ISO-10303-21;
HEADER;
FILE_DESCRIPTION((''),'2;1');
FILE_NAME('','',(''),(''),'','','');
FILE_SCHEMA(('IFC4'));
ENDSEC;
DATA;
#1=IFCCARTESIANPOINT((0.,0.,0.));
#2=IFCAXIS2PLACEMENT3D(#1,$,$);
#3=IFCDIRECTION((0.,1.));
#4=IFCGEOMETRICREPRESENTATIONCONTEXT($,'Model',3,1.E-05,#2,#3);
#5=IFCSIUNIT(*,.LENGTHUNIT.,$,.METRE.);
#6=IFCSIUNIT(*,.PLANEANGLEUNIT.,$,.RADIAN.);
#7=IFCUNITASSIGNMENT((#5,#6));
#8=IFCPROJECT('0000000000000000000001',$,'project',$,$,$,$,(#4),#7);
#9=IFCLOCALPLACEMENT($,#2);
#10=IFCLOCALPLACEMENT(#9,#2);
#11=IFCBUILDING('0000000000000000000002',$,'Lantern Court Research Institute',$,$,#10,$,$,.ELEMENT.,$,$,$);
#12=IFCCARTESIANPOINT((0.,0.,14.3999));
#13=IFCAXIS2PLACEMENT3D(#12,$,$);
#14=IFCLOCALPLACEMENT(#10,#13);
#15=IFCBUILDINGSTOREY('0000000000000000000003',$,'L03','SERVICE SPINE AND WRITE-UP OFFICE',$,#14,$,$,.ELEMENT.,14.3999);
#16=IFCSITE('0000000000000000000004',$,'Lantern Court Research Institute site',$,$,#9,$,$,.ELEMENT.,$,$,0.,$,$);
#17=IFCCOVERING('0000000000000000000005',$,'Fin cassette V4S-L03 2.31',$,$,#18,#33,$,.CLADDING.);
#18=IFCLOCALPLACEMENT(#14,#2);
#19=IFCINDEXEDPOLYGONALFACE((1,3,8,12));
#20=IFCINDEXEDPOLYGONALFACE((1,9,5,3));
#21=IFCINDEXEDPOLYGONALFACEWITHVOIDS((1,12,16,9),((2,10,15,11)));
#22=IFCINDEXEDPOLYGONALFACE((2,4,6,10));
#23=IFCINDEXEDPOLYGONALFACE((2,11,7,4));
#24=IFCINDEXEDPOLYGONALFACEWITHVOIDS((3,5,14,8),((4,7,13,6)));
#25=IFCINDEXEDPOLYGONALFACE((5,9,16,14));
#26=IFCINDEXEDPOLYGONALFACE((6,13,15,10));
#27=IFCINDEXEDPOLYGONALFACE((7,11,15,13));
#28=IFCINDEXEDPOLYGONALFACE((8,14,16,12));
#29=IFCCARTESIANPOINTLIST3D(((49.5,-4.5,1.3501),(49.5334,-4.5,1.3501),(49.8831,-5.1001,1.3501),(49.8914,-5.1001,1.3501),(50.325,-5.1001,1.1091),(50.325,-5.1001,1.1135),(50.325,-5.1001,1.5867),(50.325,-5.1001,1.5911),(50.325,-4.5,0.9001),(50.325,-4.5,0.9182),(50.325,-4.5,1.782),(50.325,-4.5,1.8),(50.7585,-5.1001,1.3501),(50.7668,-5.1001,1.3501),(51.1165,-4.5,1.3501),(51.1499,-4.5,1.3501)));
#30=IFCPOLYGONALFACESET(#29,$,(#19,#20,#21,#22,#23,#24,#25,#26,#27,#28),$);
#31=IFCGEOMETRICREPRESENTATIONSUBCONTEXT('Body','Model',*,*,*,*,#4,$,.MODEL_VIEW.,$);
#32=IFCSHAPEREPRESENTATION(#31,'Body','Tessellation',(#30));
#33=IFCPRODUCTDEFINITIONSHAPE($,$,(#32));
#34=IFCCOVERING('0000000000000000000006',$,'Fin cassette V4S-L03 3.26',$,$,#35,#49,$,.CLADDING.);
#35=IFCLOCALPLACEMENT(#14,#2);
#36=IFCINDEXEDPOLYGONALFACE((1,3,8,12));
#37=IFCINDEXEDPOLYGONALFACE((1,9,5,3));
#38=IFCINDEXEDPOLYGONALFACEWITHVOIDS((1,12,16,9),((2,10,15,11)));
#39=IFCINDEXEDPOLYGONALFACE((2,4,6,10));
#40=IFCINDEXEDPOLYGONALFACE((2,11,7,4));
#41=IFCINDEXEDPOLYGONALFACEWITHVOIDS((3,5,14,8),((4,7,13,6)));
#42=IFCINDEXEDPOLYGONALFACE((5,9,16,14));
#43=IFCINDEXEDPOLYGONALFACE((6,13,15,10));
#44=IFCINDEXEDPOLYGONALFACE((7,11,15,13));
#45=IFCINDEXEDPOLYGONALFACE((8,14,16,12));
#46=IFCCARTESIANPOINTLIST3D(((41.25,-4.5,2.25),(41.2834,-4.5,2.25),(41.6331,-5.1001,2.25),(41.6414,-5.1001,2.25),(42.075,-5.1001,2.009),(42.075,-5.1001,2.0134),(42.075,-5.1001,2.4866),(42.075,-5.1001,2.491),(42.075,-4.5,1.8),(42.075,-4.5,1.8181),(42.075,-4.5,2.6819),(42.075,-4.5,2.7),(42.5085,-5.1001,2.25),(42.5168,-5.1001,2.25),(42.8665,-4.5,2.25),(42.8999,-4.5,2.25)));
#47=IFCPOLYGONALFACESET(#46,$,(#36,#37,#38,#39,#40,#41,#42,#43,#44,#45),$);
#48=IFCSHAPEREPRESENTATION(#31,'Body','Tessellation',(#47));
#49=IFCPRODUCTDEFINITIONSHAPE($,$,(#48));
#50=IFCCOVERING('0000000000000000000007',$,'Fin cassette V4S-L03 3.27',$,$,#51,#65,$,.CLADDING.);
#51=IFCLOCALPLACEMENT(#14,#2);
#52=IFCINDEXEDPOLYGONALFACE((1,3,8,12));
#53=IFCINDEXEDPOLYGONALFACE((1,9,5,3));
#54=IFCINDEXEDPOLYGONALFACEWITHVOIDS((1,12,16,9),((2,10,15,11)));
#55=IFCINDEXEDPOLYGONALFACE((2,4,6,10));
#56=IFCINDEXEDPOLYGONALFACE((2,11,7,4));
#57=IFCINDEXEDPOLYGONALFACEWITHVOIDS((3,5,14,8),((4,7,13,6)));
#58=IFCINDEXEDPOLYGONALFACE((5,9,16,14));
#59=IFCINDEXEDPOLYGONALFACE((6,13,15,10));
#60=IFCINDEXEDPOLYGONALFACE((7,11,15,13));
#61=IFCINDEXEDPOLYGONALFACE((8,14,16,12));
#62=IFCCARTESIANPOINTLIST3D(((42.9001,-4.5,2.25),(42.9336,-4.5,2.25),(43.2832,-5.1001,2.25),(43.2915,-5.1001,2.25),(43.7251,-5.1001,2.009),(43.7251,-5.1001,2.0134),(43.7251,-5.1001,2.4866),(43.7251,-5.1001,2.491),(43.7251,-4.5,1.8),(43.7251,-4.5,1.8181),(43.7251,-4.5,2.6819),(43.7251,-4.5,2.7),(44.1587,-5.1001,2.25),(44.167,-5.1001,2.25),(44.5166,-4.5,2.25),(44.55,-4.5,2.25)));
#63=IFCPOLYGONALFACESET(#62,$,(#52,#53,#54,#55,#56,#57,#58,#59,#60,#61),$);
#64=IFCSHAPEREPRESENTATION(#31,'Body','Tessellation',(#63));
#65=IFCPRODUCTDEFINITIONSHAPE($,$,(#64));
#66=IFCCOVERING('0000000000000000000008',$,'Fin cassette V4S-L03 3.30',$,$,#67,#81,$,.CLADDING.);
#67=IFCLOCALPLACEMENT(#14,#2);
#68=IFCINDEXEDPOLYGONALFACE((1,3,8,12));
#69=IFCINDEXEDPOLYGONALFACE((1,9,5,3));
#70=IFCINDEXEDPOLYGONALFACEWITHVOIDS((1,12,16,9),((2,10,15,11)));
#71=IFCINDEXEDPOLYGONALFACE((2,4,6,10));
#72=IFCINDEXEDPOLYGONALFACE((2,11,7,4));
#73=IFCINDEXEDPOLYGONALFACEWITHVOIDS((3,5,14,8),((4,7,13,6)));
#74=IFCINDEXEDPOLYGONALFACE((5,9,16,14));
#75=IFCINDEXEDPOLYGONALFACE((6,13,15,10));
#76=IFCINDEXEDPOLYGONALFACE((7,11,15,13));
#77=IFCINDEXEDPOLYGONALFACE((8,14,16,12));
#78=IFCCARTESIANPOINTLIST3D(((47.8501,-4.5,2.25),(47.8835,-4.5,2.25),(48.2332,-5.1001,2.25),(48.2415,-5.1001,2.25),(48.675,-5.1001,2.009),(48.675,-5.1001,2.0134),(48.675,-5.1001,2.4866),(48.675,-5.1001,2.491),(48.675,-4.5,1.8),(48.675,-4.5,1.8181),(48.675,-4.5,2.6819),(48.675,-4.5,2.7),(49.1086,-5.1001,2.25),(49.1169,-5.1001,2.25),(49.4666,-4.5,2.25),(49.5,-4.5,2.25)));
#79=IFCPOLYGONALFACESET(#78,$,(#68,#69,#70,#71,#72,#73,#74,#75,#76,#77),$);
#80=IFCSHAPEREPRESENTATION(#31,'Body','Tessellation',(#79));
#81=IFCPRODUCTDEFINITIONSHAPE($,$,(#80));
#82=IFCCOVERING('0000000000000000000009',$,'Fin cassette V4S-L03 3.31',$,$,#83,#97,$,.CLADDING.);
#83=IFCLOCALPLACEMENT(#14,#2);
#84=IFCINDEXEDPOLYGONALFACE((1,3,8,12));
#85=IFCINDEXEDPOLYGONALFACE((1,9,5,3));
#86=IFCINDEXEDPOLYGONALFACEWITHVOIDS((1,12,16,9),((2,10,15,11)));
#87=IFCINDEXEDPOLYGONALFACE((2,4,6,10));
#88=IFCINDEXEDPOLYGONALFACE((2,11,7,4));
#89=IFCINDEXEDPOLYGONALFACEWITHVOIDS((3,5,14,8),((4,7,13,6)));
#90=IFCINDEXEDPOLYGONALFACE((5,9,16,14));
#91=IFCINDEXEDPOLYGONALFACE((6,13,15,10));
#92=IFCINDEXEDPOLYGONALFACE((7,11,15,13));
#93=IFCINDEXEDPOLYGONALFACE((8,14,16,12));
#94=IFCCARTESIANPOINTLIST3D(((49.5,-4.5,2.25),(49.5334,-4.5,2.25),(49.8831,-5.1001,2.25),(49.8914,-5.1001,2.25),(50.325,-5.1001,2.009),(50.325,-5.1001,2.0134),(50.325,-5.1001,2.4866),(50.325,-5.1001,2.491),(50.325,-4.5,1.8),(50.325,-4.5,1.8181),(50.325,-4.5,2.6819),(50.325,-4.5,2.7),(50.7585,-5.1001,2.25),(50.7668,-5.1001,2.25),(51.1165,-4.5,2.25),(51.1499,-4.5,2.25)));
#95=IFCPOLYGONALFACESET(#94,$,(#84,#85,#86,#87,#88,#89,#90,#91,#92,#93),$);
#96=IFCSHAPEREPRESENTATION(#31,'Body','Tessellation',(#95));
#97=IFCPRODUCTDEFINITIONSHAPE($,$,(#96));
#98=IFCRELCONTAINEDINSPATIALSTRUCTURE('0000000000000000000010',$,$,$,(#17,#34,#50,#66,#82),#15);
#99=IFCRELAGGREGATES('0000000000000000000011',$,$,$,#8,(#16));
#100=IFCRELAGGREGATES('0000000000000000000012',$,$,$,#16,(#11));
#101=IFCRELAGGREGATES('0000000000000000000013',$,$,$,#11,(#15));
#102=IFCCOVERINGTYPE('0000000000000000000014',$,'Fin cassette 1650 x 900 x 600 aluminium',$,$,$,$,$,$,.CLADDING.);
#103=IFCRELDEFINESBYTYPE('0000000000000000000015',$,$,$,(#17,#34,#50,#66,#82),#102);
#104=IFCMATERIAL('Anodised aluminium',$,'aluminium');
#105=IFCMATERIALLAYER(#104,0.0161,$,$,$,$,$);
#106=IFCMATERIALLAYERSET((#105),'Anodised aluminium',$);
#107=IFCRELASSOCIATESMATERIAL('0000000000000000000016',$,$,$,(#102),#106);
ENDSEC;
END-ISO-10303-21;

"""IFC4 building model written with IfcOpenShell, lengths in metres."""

from ifc_helpers import new_model, entity, si_unit, direction, frame, origin, place, context, subcontext, project, spatial, material, layer, layer_set, type_object, element, save


model = new_model("IFC4")

# Units and contexts
model_context = context("Model", 3, precision=1e-05, world=origin(), true_north=direction((0.0, 1.0)))
body_context = subcontext(model_context, "Body", "Model", "MODEL_VIEW")
ifc_project = project(units=[si_unit("LENGTHUNIT", "METRE"), si_unit("PLANEANGLEUNIT", "RADIAN")], contexts=[model_context])

# Site, building, storey
site_placement = place(None, origin())
site = spatial("IfcSite", under=ifc_project, at=site_placement, Name="Lantern Court Research Institute site", CompositionType="ELEMENT", RefElevation=0.0)
building_placement = place(site_placement, origin())
building = spatial("IfcBuilding", under=site, at=building_placement, Name="Lantern Court Research Institute", CompositionType="ELEMENT")
storey_placement = place(building_placement, frame((0.0, 0.0, 14.3999)))
storey = spatial("IfcBuildingStorey", under=building, at=storey_placement, Name="L03", Description="SERVICE SPINE AND WRITE-UP OFFICE", CompositionType="ELEMENT", Elevation=14.3999)

# Coverings
ifc_material_1 = material(Name="Anodised aluminium", Category="aluminium")
ifc_layer_1 = layer(ifc_material_1, 0.0161)
ifc_layer_set_1 = layer_set([ifc_layer_1], Name="Anodised aluminium")
covering_type = type_object("IfcCoveringType", Name="Fin cassette 1650 x 900 x 600 aluminium", PredefinedType="CLADDING", material=ifc_layer_set_1)
covering_1_placement = place(storey_placement, frame((50.325, -4.5, 1.3501), z_axis=(0.0, -1.0, 0.0), x_axis=(1.0, 0.0, 0.0)))
cartesian_point_1 = entity("IfcCartesianPoint", [0.825, 0.0])
cartesian_point_2 = entity("IfcCartesianPoint", [0.7915, 0.0])
cartesian_point_3 = entity("IfcCartesianPoint", [0.4419, 0.0])
cartesian_point_4 = entity("IfcCartesianPoint", [0.4336, 0.0])
element("IfcCovering", 1, at=covering_1_placement, inside=storey, type_object=covering_type, Name="Fin cassette V4S-L03 2.31", PredefinedType="CLADDING", context=body_context, shape_type="SweptSolid", body=[
    entity("IfcExtrudedAreaSolidTapered", entity("IfcArbitraryProfileDefWithVoids", "AREA", None, entity("IfcPolyline", [cartesian_point_1, entity("IfcCartesianPoint", [0.0, 0.45]), entity("IfcCartesianPoint", [-0.825, 0.0]), entity("IfcCartesianPoint", [0.0, -0.45]), cartesian_point_1]), [entity("IfcPolyline", [cartesian_point_2, entity("IfcCartesianPoint", [0.0, 0.4319]), entity("IfcCartesianPoint", [-0.7915, 0.0]), entity("IfcCartesianPoint", [0.0, -0.4319]), cartesian_point_2])]), entity("IfcAxis2Placement3D", entity("IfcCartesianPoint", [0.0, 0.0, 0.0])), entity("IfcDirection", [0.0, 0.0, 1.0]), 0.6001, entity("IfcArbitraryProfileDefWithVoids", "AREA", None, entity("IfcPolyline", [cartesian_point_3, entity("IfcCartesianPoint", [0.0, 0.241]), entity("IfcCartesianPoint", [-0.4419, 0.0]), entity("IfcCartesianPoint", [0.0, -0.241]), cartesian_point_3]), [entity("IfcPolyline", [cartesian_point_4, entity("IfcCartesianPoint", [0.0, 0.2366]), entity("IfcCartesianPoint", [-0.4336, 0.0]), entity("IfcCartesianPoint", [0.0, -0.2366]), cartesian_point_4])])),
])
covering_2_placement = place(storey_placement, frame((42.075, -4.5, 2.25), z_axis=(0.0, -1.0, 0.0), x_axis=(1.0, 0.0, 0.0)))
cartesian_point_5 = entity("IfcCartesianPoint", [0.825, 0.0])
cartesian_point_6 = entity("IfcCartesianPoint", [0.7915, 0.0])
cartesian_point_7 = entity("IfcCartesianPoint", [0.4419, 0.0])
cartesian_point_8 = entity("IfcCartesianPoint", [0.4336, 0.0])
element("IfcCovering", 2, at=covering_2_placement, inside=storey, type_object=covering_type, Name="Fin cassette V4S-L03 3.26", PredefinedType="CLADDING", context=body_context, shape_type="SweptSolid", body=[
    entity("IfcExtrudedAreaSolidTapered", entity("IfcArbitraryProfileDefWithVoids", "AREA", None, entity("IfcPolyline", [cartesian_point_5, entity("IfcCartesianPoint", [0.0, 0.45]), entity("IfcCartesianPoint", [-0.825, 0.0]), entity("IfcCartesianPoint", [0.0, -0.45]), cartesian_point_5]), [entity("IfcPolyline", [cartesian_point_6, entity("IfcCartesianPoint", [0.0, 0.4319]), entity("IfcCartesianPoint", [-0.7915, 0.0]), entity("IfcCartesianPoint", [0.0, -0.4319]), cartesian_point_6])]), entity("IfcAxis2Placement3D", entity("IfcCartesianPoint", [0.0, 0.0, 0.0])), entity("IfcDirection", [0.0, 0.0, 1.0]), 0.6001, entity("IfcArbitraryProfileDefWithVoids", "AREA", None, entity("IfcPolyline", [cartesian_point_7, entity("IfcCartesianPoint", [0.0, 0.241]), entity("IfcCartesianPoint", [-0.4419, 0.0]), entity("IfcCartesianPoint", [0.0, -0.241]), cartesian_point_7]), [entity("IfcPolyline", [cartesian_point_8, entity("IfcCartesianPoint", [0.0, 0.2366]), entity("IfcCartesianPoint", [-0.4336, 0.0]), entity("IfcCartesianPoint", [0.0, -0.2366]), cartesian_point_8])])),
])
covering_3_placement = place(storey_placement, frame((43.7251, -4.5, 2.25), z_axis=(0.0, -1.0, 0.0), x_axis=(1.0, 0.0, 0.0)))
cartesian_point_9 = entity("IfcCartesianPoint", [0.825, 0.0])
cartesian_point_10 = entity("IfcCartesianPoint", [0.7915, 0.0])
cartesian_point_11 = entity("IfcCartesianPoint", [0.4419, 0.0])
cartesian_point_12 = entity("IfcCartesianPoint", [0.4336, 0.0])
element("IfcCovering", 3, at=covering_3_placement, inside=storey, type_object=covering_type, Name="Fin cassette V4S-L03 3.27", PredefinedType="CLADDING", context=body_context, shape_type="SweptSolid", body=[
    entity("IfcExtrudedAreaSolidTapered", entity("IfcArbitraryProfileDefWithVoids", "AREA", None, entity("IfcPolyline", [cartesian_point_9, entity("IfcCartesianPoint", [0.0, 0.45]), entity("IfcCartesianPoint", [-0.825, 0.0]), entity("IfcCartesianPoint", [0.0, -0.45]), cartesian_point_9]), [entity("IfcPolyline", [cartesian_point_10, entity("IfcCartesianPoint", [0.0, 0.4319]), entity("IfcCartesianPoint", [-0.7915, 0.0]), entity("IfcCartesianPoint", [0.0, -0.4319]), cartesian_point_10])]), entity("IfcAxis2Placement3D", entity("IfcCartesianPoint", [0.0, 0.0, 0.0])), entity("IfcDirection", [0.0, 0.0, 1.0]), 0.6001, entity("IfcArbitraryProfileDefWithVoids", "AREA", None, entity("IfcPolyline", [cartesian_point_11, entity("IfcCartesianPoint", [0.0, 0.241]), entity("IfcCartesianPoint", [-0.4419, 0.0]), entity("IfcCartesianPoint", [0.0, -0.241]), cartesian_point_11]), [entity("IfcPolyline", [cartesian_point_12, entity("IfcCartesianPoint", [0.0, 0.2366]), entity("IfcCartesianPoint", [-0.4336, 0.0]), entity("IfcCartesianPoint", [0.0, -0.2366]), cartesian_point_12])])),
])
covering_4_placement = place(storey_placement, frame((48.675, -4.5, 2.25), z_axis=(0.0, -1.0, 0.0), x_axis=(1.0, 0.0, 0.0)))
cartesian_point_13 = entity("IfcCartesianPoint", [0.825, 0.0])
cartesian_point_14 = entity("IfcCartesianPoint", [0.7915, 0.0])
cartesian_point_15 = entity("IfcCartesianPoint", [0.4419, 0.0])
cartesian_point_16 = entity("IfcCartesianPoint", [0.4336, 0.0])
element("IfcCovering", 4, at=covering_4_placement, inside=storey, type_object=covering_type, Name="Fin cassette V4S-L03 3.30", PredefinedType="CLADDING", context=body_context, shape_type="SweptSolid", body=[
    entity("IfcExtrudedAreaSolidTapered", entity("IfcArbitraryProfileDefWithVoids", "AREA", None, entity("IfcPolyline", [cartesian_point_13, entity("IfcCartesianPoint", [0.0, 0.45]), entity("IfcCartesianPoint", [-0.825, 0.0]), entity("IfcCartesianPoint", [0.0, -0.45]), cartesian_point_13]), [entity("IfcPolyline", [cartesian_point_14, entity("IfcCartesianPoint", [0.0, 0.4319]), entity("IfcCartesianPoint", [-0.7915, 0.0]), entity("IfcCartesianPoint", [0.0, -0.4319]), cartesian_point_14])]), entity("IfcAxis2Placement3D", entity("IfcCartesianPoint", [0.0, 0.0, 0.0])), entity("IfcDirection", [0.0, 0.0, 1.0]), 0.6001, entity("IfcArbitraryProfileDefWithVoids", "AREA", None, entity("IfcPolyline", [cartesian_point_15, entity("IfcCartesianPoint", [0.0, 0.241]), entity("IfcCartesianPoint", [-0.4419, 0.0]), entity("IfcCartesianPoint", [0.0, -0.241]), cartesian_point_15]), [entity("IfcPolyline", [cartesian_point_16, entity("IfcCartesianPoint", [0.0, 0.2366]), entity("IfcCartesianPoint", [-0.4336, 0.0]), entity("IfcCartesianPoint", [0.0, -0.2366]), cartesian_point_16])])),
])
covering_5_placement = place(storey_placement, frame((50.325, -4.5, 2.25), z_axis=(0.0, -1.0, 0.0), x_axis=(1.0, 0.0, 0.0)))
cartesian_point_17 = entity("IfcCartesianPoint", [0.825, 0.0])
cartesian_point_18 = entity("IfcCartesianPoint", [0.7915, 0.0])
cartesian_point_19 = entity("IfcCartesianPoint", [0.4419, 0.0])
cartesian_point_20 = entity("IfcCartesianPoint", [0.4336, 0.0])
element("IfcCovering", 5, at=covering_5_placement, inside=storey, type_object=covering_type, Name="Fin cassette V4S-L03 3.31", PredefinedType="CLADDING", context=body_context, shape_type="SweptSolid", body=[
    entity("IfcExtrudedAreaSolidTapered", entity("IfcArbitraryProfileDefWithVoids", "AREA", None, entity("IfcPolyline", [cartesian_point_17, entity("IfcCartesianPoint", [0.0, 0.45]), entity("IfcCartesianPoint", [-0.825, 0.0]), entity("IfcCartesianPoint", [0.0, -0.45]), cartesian_point_17]), [entity("IfcPolyline", [cartesian_point_18, entity("IfcCartesianPoint", [0.0, 0.4319]), entity("IfcCartesianPoint", [-0.7915, 0.0]), entity("IfcCartesianPoint", [0.0, -0.4319]), cartesian_point_18])]), entity("IfcAxis2Placement3D", entity("IfcCartesianPoint", [0.0, 0.0, 0.0])), entity("IfcDirection", [0.0, 0.0, 1.0]), 0.6001, entity("IfcArbitraryProfileDefWithVoids", "AREA", None, entity("IfcPolyline", [cartesian_point_19, entity("IfcCartesianPoint", [0.0, 0.241]), entity("IfcCartesianPoint", [-0.4419, 0.0]), entity("IfcCartesianPoint", [0.0, -0.241]), cartesian_point_19]), [entity("IfcPolyline", [cartesian_point_20, entity("IfcCartesianPoint", [0.0, 0.2366]), entity("IfcCartesianPoint", [-0.4336, 0.0]), entity("IfcCartesianPoint", [0.0, -0.2366]), cartesian_point_20])])),
])

save(model, "model.ifc")
